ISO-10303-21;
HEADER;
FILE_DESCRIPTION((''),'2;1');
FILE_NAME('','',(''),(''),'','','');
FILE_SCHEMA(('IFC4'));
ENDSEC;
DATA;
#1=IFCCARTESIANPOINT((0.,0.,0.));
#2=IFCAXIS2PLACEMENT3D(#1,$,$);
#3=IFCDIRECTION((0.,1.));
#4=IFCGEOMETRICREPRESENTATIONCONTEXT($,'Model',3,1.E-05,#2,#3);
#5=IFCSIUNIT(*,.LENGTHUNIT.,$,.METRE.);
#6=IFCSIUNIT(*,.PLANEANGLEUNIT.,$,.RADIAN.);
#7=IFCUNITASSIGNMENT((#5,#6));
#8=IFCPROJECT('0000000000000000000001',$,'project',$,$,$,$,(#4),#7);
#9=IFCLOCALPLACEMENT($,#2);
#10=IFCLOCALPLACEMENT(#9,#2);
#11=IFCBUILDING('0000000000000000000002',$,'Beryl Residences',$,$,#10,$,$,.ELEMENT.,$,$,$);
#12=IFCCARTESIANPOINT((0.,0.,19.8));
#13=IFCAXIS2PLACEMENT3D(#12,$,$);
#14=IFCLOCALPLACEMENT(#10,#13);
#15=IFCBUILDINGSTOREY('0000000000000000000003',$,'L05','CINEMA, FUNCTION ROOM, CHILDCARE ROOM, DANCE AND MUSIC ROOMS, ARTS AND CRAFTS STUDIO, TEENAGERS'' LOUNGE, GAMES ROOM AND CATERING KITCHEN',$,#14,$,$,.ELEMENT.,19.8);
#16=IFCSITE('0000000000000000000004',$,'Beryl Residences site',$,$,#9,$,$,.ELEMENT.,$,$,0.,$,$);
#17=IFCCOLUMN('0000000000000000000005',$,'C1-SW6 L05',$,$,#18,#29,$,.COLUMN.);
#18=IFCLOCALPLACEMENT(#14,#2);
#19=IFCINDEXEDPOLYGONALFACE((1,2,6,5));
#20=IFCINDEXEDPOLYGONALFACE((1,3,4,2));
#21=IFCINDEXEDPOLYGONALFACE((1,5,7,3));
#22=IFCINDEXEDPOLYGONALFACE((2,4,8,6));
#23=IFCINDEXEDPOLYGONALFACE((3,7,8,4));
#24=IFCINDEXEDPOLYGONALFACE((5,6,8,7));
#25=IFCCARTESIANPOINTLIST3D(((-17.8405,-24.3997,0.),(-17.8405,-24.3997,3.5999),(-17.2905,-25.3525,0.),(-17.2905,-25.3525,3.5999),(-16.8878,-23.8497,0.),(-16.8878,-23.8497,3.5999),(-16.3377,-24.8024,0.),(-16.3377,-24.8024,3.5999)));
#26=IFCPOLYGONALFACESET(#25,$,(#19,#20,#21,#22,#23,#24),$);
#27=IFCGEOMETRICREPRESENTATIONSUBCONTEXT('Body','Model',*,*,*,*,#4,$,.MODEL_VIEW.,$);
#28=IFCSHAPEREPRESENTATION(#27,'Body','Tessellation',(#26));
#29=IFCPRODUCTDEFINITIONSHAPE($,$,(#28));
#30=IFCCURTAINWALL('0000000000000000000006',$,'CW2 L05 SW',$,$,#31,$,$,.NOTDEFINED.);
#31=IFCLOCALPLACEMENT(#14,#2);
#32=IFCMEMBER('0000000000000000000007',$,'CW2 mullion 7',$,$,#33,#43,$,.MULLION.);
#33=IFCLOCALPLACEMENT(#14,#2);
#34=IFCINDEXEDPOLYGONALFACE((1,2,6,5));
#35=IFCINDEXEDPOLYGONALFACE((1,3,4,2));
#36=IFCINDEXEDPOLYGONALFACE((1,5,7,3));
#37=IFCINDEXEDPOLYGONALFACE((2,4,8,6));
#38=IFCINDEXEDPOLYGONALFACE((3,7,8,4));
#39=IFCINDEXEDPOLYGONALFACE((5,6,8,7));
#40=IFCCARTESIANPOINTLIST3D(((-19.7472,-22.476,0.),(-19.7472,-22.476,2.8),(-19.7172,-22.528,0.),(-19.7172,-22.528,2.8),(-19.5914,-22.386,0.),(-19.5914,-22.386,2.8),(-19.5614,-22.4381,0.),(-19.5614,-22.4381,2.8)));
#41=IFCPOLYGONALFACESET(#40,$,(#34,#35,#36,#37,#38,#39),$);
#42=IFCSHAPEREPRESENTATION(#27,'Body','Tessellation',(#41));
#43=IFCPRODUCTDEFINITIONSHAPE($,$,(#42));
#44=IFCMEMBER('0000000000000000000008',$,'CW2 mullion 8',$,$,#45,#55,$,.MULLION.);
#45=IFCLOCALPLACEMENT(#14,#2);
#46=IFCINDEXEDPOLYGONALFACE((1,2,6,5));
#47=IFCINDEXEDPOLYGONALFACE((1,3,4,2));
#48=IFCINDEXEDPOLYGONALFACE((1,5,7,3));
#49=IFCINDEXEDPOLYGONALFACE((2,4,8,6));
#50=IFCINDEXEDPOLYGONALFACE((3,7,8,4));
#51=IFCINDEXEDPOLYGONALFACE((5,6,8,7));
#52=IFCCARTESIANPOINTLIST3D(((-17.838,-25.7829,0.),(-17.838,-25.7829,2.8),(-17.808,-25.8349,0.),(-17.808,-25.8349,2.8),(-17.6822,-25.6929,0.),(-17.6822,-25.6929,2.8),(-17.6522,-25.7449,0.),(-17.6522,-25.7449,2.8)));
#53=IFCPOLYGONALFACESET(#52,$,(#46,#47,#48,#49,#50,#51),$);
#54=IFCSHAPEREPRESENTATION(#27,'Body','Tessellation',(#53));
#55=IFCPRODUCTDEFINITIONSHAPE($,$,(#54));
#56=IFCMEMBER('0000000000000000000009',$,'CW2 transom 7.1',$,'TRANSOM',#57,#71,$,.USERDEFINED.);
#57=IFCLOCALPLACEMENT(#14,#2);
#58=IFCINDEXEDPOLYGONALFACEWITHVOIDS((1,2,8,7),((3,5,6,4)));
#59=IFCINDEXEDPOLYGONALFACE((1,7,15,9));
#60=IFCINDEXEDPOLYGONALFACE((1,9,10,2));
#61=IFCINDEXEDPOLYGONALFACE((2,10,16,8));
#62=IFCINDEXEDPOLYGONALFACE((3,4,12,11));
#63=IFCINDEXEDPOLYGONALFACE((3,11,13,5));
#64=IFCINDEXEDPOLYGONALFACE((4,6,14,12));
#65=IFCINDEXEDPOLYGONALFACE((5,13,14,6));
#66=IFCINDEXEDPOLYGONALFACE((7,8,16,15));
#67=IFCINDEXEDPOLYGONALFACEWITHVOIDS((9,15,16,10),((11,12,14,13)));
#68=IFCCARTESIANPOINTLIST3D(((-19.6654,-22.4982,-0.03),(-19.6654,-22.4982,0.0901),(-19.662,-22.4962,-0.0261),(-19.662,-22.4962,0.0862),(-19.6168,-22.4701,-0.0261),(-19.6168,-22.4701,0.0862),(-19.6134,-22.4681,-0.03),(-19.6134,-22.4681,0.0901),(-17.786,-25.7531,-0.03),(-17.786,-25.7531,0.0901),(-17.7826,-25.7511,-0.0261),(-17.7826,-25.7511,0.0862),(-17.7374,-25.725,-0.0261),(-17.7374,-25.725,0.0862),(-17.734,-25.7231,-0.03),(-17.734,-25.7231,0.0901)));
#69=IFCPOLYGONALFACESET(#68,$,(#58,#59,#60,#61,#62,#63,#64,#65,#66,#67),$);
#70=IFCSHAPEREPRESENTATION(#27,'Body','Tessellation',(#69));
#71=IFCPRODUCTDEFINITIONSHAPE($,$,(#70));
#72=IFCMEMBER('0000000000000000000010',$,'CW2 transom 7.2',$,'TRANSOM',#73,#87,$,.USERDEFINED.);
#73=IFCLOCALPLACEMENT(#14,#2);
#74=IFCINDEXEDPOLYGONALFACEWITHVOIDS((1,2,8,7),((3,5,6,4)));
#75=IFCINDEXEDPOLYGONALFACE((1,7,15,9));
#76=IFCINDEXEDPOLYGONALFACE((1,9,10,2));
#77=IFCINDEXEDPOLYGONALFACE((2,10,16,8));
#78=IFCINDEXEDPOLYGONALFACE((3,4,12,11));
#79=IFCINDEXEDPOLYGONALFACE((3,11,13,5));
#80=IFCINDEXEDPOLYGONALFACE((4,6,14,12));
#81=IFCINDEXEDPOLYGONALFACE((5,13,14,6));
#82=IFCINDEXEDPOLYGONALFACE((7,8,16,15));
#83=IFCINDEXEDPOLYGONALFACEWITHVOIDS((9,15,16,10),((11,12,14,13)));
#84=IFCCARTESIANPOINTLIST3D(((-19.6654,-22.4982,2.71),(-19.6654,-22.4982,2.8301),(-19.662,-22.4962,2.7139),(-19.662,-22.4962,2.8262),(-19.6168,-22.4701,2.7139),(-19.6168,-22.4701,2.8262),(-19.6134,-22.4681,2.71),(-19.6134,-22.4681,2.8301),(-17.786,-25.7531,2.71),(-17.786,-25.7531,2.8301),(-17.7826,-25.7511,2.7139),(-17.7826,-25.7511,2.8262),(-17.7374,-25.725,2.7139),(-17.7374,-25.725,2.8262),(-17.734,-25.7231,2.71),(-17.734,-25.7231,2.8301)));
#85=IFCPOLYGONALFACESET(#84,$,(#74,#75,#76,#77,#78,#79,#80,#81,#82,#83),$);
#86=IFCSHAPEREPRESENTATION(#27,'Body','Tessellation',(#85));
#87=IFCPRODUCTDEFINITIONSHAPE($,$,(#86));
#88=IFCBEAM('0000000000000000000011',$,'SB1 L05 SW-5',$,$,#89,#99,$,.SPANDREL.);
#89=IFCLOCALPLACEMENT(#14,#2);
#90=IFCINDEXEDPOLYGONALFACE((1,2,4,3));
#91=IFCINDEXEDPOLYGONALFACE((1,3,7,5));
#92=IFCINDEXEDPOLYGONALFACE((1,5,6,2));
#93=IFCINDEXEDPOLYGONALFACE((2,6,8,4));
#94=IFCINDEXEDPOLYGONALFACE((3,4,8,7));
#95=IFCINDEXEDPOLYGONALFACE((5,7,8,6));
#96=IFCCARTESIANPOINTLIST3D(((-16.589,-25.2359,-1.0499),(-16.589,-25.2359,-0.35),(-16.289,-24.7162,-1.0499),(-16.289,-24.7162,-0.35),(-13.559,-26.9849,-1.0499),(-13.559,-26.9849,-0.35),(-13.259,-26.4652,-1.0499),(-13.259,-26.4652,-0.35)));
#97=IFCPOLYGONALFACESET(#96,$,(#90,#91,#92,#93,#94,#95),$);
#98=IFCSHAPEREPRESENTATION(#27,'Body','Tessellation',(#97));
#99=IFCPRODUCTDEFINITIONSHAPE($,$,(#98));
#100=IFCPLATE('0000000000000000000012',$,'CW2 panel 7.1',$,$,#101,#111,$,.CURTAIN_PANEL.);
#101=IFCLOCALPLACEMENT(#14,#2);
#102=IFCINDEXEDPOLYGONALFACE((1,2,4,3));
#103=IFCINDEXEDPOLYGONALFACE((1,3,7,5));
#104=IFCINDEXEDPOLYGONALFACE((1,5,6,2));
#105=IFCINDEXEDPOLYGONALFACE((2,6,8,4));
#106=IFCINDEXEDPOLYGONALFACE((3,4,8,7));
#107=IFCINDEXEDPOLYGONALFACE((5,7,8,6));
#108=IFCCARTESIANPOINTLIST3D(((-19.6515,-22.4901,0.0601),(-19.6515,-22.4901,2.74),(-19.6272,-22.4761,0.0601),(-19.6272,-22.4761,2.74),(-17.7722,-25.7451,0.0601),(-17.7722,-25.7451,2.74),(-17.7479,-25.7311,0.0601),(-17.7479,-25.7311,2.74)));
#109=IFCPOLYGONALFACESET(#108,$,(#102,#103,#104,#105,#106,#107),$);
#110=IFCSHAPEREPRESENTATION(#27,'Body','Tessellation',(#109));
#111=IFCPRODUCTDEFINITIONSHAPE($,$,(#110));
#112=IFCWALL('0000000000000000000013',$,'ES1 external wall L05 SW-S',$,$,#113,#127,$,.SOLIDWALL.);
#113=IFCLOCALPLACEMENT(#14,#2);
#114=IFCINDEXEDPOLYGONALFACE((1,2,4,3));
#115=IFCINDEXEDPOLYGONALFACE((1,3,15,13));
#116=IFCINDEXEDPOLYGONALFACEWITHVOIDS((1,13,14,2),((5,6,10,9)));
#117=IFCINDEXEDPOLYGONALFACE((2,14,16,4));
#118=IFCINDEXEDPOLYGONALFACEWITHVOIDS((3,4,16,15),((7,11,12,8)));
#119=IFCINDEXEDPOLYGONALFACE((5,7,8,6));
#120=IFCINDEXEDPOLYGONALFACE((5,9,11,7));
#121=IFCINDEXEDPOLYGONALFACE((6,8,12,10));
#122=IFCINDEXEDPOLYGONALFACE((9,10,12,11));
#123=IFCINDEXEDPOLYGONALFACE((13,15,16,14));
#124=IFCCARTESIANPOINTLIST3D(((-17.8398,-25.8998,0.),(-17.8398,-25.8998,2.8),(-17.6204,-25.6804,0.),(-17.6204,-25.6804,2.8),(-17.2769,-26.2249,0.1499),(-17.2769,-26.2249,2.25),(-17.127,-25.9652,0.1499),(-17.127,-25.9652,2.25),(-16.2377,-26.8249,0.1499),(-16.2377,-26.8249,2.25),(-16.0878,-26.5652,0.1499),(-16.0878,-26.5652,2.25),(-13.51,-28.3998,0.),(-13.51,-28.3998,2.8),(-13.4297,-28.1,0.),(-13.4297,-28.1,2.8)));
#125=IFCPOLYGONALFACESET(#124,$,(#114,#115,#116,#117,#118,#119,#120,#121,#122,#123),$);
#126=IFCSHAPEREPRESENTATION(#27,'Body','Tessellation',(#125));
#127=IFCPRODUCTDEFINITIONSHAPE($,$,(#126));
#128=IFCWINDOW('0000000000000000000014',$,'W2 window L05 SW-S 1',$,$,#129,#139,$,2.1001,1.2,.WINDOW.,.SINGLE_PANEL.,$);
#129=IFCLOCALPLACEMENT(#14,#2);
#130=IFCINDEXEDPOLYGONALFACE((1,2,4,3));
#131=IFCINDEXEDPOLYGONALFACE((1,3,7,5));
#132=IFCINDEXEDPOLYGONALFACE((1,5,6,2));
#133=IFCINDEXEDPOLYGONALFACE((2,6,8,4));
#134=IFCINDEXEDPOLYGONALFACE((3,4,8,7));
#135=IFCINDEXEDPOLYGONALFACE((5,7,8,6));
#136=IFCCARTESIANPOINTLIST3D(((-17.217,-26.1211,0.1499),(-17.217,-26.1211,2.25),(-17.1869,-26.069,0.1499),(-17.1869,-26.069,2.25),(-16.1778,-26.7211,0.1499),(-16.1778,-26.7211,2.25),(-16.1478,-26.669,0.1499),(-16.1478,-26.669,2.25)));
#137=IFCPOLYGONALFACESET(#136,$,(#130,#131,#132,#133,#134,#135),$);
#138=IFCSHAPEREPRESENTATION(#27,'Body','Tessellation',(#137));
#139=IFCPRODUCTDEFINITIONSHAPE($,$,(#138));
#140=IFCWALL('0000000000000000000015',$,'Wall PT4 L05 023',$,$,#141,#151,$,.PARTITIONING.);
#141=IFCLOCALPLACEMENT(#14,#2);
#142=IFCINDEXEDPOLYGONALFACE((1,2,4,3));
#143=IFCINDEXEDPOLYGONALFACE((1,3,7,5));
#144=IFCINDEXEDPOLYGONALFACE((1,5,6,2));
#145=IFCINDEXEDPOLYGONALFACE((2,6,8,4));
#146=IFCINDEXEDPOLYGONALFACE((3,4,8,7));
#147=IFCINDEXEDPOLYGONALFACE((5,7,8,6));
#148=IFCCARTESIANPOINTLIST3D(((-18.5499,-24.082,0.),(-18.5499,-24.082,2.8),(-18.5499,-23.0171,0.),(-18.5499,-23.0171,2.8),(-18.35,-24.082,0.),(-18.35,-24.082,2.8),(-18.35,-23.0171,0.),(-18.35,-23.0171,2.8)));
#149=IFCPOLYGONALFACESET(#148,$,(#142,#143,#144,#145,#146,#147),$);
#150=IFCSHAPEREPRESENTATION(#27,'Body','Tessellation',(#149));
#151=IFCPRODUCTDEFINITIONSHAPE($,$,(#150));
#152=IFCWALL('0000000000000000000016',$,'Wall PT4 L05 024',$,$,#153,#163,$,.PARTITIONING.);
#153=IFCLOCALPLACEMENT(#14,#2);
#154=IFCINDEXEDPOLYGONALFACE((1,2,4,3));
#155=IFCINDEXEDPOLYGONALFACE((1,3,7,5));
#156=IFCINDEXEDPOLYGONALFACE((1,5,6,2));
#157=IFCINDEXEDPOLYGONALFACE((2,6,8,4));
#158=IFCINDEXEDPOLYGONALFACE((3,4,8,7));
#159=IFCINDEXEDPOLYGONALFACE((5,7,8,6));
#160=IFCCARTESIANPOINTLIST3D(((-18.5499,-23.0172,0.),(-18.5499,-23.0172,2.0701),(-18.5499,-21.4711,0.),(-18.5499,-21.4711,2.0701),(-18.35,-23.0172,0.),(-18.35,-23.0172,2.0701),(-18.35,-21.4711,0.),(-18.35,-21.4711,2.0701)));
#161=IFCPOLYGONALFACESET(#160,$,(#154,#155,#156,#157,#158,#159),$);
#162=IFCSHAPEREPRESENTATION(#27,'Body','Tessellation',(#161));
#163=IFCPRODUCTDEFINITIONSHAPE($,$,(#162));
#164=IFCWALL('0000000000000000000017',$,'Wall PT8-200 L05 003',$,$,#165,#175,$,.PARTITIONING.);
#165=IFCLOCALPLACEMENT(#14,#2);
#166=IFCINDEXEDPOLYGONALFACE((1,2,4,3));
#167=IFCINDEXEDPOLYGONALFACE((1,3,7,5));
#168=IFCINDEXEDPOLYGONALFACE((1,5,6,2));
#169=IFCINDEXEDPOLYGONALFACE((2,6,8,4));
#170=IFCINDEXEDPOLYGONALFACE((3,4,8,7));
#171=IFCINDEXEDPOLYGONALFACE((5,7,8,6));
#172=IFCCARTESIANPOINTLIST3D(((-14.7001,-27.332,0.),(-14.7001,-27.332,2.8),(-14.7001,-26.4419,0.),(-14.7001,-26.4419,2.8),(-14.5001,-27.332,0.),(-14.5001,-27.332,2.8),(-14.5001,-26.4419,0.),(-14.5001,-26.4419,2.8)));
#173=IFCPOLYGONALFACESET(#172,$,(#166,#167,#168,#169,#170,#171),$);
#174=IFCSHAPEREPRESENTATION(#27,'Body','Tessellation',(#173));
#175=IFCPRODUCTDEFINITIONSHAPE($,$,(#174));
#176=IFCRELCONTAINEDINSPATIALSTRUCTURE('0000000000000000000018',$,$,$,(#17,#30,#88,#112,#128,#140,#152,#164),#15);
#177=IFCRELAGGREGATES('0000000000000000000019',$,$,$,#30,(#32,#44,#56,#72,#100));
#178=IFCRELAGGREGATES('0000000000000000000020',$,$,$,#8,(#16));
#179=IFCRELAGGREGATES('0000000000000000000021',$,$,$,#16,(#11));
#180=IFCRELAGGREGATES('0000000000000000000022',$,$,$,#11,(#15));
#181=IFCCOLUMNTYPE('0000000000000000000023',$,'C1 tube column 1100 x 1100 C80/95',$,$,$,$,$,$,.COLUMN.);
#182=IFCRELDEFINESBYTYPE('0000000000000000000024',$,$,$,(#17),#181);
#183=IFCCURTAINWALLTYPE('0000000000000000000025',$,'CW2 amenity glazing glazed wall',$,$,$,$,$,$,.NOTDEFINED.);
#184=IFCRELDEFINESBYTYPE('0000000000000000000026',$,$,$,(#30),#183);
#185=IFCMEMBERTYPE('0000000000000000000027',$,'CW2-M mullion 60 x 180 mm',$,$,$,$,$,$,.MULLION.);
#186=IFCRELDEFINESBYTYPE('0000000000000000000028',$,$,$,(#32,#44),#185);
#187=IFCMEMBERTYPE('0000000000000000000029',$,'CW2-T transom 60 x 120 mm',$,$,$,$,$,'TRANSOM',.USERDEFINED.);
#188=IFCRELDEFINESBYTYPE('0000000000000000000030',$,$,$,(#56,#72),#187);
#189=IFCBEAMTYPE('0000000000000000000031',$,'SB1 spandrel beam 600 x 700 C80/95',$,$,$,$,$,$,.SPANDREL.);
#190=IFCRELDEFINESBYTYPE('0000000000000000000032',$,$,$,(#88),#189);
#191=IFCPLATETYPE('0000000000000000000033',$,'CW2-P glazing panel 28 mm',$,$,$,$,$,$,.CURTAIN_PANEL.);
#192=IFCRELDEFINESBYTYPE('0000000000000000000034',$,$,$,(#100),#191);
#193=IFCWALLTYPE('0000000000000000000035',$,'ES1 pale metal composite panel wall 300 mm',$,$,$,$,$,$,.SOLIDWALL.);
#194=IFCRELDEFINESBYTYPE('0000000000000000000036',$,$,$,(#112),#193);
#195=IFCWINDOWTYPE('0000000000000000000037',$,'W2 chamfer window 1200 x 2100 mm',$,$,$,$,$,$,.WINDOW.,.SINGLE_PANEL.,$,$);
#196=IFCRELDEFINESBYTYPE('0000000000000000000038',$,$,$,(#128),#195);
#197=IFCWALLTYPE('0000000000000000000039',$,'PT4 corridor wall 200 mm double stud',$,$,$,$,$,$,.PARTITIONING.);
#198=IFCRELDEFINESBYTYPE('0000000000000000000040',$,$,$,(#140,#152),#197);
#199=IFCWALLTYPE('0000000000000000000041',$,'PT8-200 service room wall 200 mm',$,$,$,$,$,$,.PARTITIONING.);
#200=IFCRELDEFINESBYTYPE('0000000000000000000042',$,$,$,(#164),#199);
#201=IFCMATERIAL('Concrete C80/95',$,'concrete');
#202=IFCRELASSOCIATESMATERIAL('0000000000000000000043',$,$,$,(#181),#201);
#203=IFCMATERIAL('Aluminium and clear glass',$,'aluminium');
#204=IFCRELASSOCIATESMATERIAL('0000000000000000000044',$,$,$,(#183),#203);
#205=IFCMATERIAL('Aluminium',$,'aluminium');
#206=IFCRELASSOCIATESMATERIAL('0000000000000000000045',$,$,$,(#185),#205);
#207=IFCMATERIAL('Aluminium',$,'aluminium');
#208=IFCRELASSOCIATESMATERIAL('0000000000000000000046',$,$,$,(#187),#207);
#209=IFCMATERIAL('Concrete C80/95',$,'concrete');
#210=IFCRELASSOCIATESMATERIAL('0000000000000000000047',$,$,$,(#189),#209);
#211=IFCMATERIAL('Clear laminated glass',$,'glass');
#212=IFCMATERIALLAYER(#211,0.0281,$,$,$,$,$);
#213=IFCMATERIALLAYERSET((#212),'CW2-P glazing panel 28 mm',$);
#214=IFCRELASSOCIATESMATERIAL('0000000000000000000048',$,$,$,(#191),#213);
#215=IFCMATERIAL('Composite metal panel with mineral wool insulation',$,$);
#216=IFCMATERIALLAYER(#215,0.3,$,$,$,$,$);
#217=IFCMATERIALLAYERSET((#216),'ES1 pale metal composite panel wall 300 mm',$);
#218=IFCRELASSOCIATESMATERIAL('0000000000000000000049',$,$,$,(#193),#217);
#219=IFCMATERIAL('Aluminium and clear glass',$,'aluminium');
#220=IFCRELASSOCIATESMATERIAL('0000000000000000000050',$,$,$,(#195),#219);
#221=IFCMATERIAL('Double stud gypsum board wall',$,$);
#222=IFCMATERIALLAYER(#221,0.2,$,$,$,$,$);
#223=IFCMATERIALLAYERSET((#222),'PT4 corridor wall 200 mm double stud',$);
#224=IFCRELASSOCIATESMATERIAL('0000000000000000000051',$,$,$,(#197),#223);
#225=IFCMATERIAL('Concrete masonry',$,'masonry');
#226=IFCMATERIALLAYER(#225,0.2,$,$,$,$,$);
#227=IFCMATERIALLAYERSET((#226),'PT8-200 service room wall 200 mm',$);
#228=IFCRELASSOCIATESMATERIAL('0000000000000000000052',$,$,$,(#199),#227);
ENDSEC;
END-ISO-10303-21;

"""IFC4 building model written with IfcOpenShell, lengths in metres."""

from ifc_helpers import new_model, si_unit, direction, frame, frame_2d, origin, origin_2d, place, context, subcontext, project, spatial, polyline, rectangle, hollow_rectangle, outline, extrude, material, layer, layer_set, material_profile, profile_set, type_object, element, fill, aggregate, save


model = new_model("IFC4")

# Units and contexts
model_context = context("Model", 3, precision=1e-05, world=origin(), true_north=direction((0.0, 1.0)))
body_context = subcontext(model_context, "Body", "Model", "MODEL_VIEW")
ifc_project = project(units=[si_unit("LENGTHUNIT", "METRE"), si_unit("PLANEANGLEUNIT", "RADIAN")], contexts=[model_context])

# Site, building, storey
site_placement = place(None, origin())
site = spatial("IfcSite", under=ifc_project, at=site_placement, Name="Beryl Residences site", CompositionType="ELEMENT", RefElevation=0.0)
building_placement = place(site_placement, origin())
building = spatial("IfcBuilding", under=site, at=building_placement, Name="Beryl Residences", CompositionType="ELEMENT")
storey_placement = place(building_placement, frame((0.0, 0.0, 19.8)))
storey = spatial("IfcBuildingStorey", under=building, at=storey_placement, Name="L05", Description="CINEMA, FUNCTION ROOM, CHILDCARE ROOM, DANCE AND MUSIC ROOMS, ARTS AND CRAFTS STUDIO, TEENAGERS' LOUNGE, GAMES ROOM AND CATERING KITCHEN", CompositionType="ELEMENT", Elevation=19.8)

# Column
ifc_material_1 = material(Name="Concrete C80/95", Category="concrete")
ifc_material_profile_1 = material_profile(ifc_material_1, rectangle(XDim=1.1001, YDim=1.1001, at=origin_2d()))
ifc_profile_set_1 = profile_set([ifc_material_profile_1], Name="Concrete C80/95")
column_type = type_object("IfcColumnType", Name="C1 tube column 1100 x 1100 C80/95", PredefinedType="COLUMN", material=ifc_profile_set_1)
column_placement = place(storey_placement, frame((-17.0891, -24.6011, 0.0), z_axis=(0.0, 0.0, 1.0), x_axis=(0.499985, -0.866034, 0.0)))
element("IfcColumn", 1, at=column_placement, inside=storey, type_object=column_type, Name="C1-SW6 L05", PredefinedType="COLUMN", context=body_context, shape_type="SweptSolid", body=[
    extrude(rectangle(XDim=1.1001, YDim=1.1001, at=origin_2d()), origin(), (0.0, 0.0, 1.0), 3.5999),
])

# Curtain wall, members
ifc_material_2 = material(Name="Aluminium and clear glass", Category="aluminium")
curtain_wall_type = type_object("IfcCurtainWallType", Name="CW2 amenity glazing glazed wall", PredefinedType="NOTDEFINED", material=ifc_material_2)
curtain_wall_placement = place(storey_placement, origin())
curtain_wall = element("IfcCurtainWall", 2, at=curtain_wall_placement, inside=storey, type_object=curtain_wall_type, Name="CW2 L05 SW", PredefinedType="NOTDEFINED")
ifc_material_3 = material(Name="Aluminium", Category="aluminium")
ifc_material_profile_2 = material_profile(ifc_material_3, rectangle(XDim=0.0601, YDim=0.1799, at=origin_2d()))
ifc_profile_set_2 = profile_set([ifc_material_profile_2], Name="Aluminium")
member_type_1 = type_object("IfcMemberType", Name="CW2-M mullion 60 x 180 mm", PredefinedType="MULLION", material=ifc_profile_set_2)
member_1_placement = place(storey_placement, frame((-19.6543, -22.457, 0.0), z_axis=(0.0, 0.0, 1.0), x_axis=(0.500012, -0.866019, 0.0)))
member_1 = element("IfcMember", 3, at=member_1_placement, type_object=member_type_1, Name="CW2 mullion 7", PredefinedType="MULLION", context=body_context, shape_type="SweptSolid", body=[
    extrude(rectangle(XDim=0.0601, YDim=0.1799, at=origin_2d()), origin(), (0.0, 0.0, 1.0), 2.8),
])
member_2_placement = place(storey_placement, frame((-17.7451, -25.7639, 0.0), z_axis=(0.0, 0.0, 1.0), x_axis=(0.500012, -0.866019, 0.0)))
member_2 = element("IfcMember", 4, at=member_2_placement, type_object=member_type_1, Name="CW2 mullion 8", PredefinedType="MULLION", context=body_context, shape_type="SweptSolid", body=[
    extrude(rectangle(XDim=0.0601, YDim=0.1799, at=origin_2d()), origin(), (0.0, 0.0, 1.0), 2.8),
])
ifc_material_4 = material(Name="Aluminium", Category="aluminium")
ifc_material_profile_3 = material_profile(ifc_material_4, hollow_rectangle(XDim=0.0601, YDim=0.1201, WallThickness=0.0039, at=origin_2d()))
ifc_profile_set_3 = profile_set([ifc_material_profile_3], Name="Aluminium")
member_type_2 = type_object("IfcMemberType", Name="CW2-T transom 60 x 120 mm", ElementType="TRANSOM", PredefinedType="USERDEFINED", material=ifc_profile_set_3)
member_3_placement = place(storey_placement, frame((-19.6394, -22.4832, 0.03), z_axis=(0.500037, -0.866004, 0.0), x_axis=(0.866004, 0.500037, 0.0)))
member_3 = element("IfcMember", 5, at=member_3_placement, type_object=member_type_2, Name="CW2 transom 7.1", ObjectType="TRANSOM", PredefinedType="USERDEFINED", context=body_context, shape_type="SweptSolid", body=[
    extrude(hollow_rectangle(XDim=0.0601, YDim=0.1201, WallThickness=0.0039, at=origin_2d()), origin(), (0.0, 0.0, 1.0), 3.7585),
])
member_4_placement = place(storey_placement, frame((-19.6394, -22.4832, 2.77), z_axis=(0.500037, -0.866004, 0.0), x_axis=(0.866004, 0.500037, 0.0)))
member_4 = element("IfcMember", 6, at=member_4_placement, type_object=member_type_2, Name="CW2 transom 7.2", ObjectType="TRANSOM", PredefinedType="USERDEFINED", context=body_context, shape_type="SweptSolid", body=[
    extrude(hollow_rectangle(XDim=0.0601, YDim=0.1201, WallThickness=0.0039, at=origin_2d()), origin(), (0.0, 0.0, 1.0), 3.7585),
])

# Beam
ifc_material_5 = material(Name="Concrete C80/95", Category="concrete")
ifc_material_profile_4 = material_profile(ifc_material_5, rectangle(XDim=0.6001, YDim=0.7, at=origin_2d()))
ifc_profile_set_4 = profile_set([ifc_material_profile_4], Name="Concrete C80/95")
beam_type = type_object("IfcBeamType", Name="SB1 spandrel beam 600 x 700 C80/95", PredefinedType="SPANDREL", material=ifc_profile_set_4)
beam_placement = place(storey_placement, frame((-16.439, -24.9761, -0.7), z_axis=(0.866071, -0.499922, 0.0), x_axis=(0.499922, 0.866071, 0.0)))
element("IfcBeam", 7, at=beam_placement, inside=storey, type_object=beam_type, Name="SB1 L05 SW-5", PredefinedType="SPANDREL", context=body_context, shape_type="SweptSolid", body=[
    extrude(rectangle(XDim=0.6001, YDim=0.7, at=origin_2d()), origin(), (0.0, 0.0, 1.0), 3.4985),
])

# Plate
ifc_material_6 = material(Name="Clear laminated glass", Category="glass")
ifc_layer_1 = layer(ifc_material_6, 0.0281)
ifc_layer_set_1 = layer_set([ifc_layer_1], Name="CW2-P glazing panel 28 mm")
plate_type = type_object("IfcPlateType", Name="CW2-P glazing panel 28 mm", PredefinedType="CURTAIN_PANEL", material=ifc_layer_set_1)
plate_placement = place(storey_placement, frame((-18.6997, -24.1106, 0.0601), z_axis=(0.0, 0.0, 1.0), x_axis=(0.500012, -0.866019, 0.0)))
plate = element("IfcPlate", 8, at=plate_placement, type_object=plate_type, Name="CW2 panel 7.1", PredefinedType="CURTAIN_PANEL", context=body_context, shape_type="SweptSolid", body=[
    extrude(rectangle(XDim=3.7585, YDim=0.0281, at=origin_2d()), origin(), (0.0, 0.0, 1.0), 2.6799),
])
aggregate(curtain_wall, [member_1, member_2, member_3, member_4, plate])

# Wall, opening, window
ifc_material_7 = material(Name="Composite metal panel with mineral wool insulation")
ifc_layer_2 = layer(ifc_material_7, 0.3)
ifc_layer_set_2 = layer_set([ifc_layer_2], Name="ES1 pale metal composite panel wall 300 mm")
wall_type_1 = type_object("IfcWallType", Name="ES1 pale metal composite panel wall 300 mm", PredefinedType="SOLIDWALL", material=ifc_layer_set_2)
wall_1_placement = place(storey_placement, frame((-17.7649, -25.77, 0.0), z_axis=(0.0, 0.0, 1.0), x_axis=(0.866011, -0.500025, 0.0)))
wall_1 = element("IfcWall", 9, at=wall_1_placement, inside=storey, type_object=wall_type_1, Name="ES1 external wall L05 SW-S", PredefinedType="SOLIDWALL", context=body_context, shape_type="SweptSolid", body=[
    extrude(outline(polyline([(0.0, -0.1499), (4.9998, -0.1499), (4.9194, 0.1499), (0.0803, 0.1499), (0.0, -0.1499)])), origin(), (0.0, 0.0, 1.0), 2.8),
])
opening_placement = place(wall_1_placement, frame((0.6499, 0.0, 0.1499)))
opening = element("IfcOpeningElement", 10, at=opening_placement, cuts=wall_1, PredefinedType="OPENING", context=body_context, shape_type="SweptSolid", body=[
    extrude(rectangle(XDim=1.2, YDim=2.1001, at=frame_2d((0.6001, 1.05))), frame((0.0, 0.1599, 0.0), z_axis=(0.0, -1.0, 0.0), x_axis=(1.0, 0.0, 0.0)), (0.0, 0.0, 1.0), 0.3201),
])
ifc_material_8 = material(Name="Aluminium and clear glass", Category="aluminium")
window_type = type_object("IfcWindowType", Name="W2 chamfer window 1200 x 2100 mm", PartitioningType="SINGLE_PANEL", PredefinedType="WINDOW", material=ifc_material_8)
window_placement = place(opening_placement, origin())
window = element("IfcWindow", 11, at=window_placement, inside=storey, type_object=window_type, Name="W2 window L05 SW-S 1", OverallHeight=2.1001, OverallWidth=1.2, PartitioningType="SINGLE_PANEL", PredefinedType="WINDOW", context=body_context, shape_type="SweptSolid", body=[
    extrude(rectangle(XDim=1.2, YDim=2.1001, at=frame_2d((0.6001, 1.05))), frame((0.0, 0.03, 0.0), z_axis=(0.0, -1.0, 0.0), x_axis=(1.0, 0.0, 0.0)), (0.0, 0.0, 1.0), 0.0601),
])
fill(opening, window)

# Walls
ifc_material_9 = material(Name="Double stud gypsum board wall")
ifc_layer_3 = layer(ifc_material_9, 0.2)
ifc_layer_set_3 = layer_set([ifc_layer_3], Name="PT4 corridor wall 200 mm double stud")
wall_type_2 = type_object("IfcWallType", Name="PT4 corridor wall 200 mm double stud", PredefinedType="PARTITIONING", material=ifc_layer_set_3)
wall_2_placement = place(storey_placement, frame((-18.45, -24.082, 0.0), z_axis=(0.0, 0.0, 1.0), x_axis=(0.0, 1.0, 0.0)))
element("IfcWall", 12, at=wall_2_placement, inside=storey, type_object=wall_type_2, Name="Wall PT4 L05 023", PredefinedType="PARTITIONING", context=body_context, shape_type="SweptSolid", body=[
    extrude(rectangle(XDim=1.0649, YDim=0.2, at=frame_2d((0.5325, 0.0))), origin(), (0.0, 0.0, 1.0), 2.8),
])
wall_3_placement = place(storey_placement, frame((-18.45, -23.0171, 0.0), z_axis=(0.0, 0.0, 1.0), x_axis=(0.0, 1.0, 0.0)))
element("IfcWall", 13, at=wall_3_placement, inside=storey, type_object=wall_type_2, Name="Wall PT4 L05 024", PredefinedType="PARTITIONING", context=body_context, shape_type="SweptSolid", body=[
    extrude(rectangle(XDim=1.5461, YDim=0.2, at=frame_2d((0.7729, 0.0))), origin(), (0.0, 0.0, 1.0), 2.0701),
])
ifc_material_10 = material(Name="Concrete masonry", Category="masonry")
ifc_layer_4 = layer(ifc_material_10, 0.2)
ifc_layer_set_4 = layer_set([ifc_layer_4], Name="PT8-200 service room wall 200 mm")
wall_type_3 = type_object("IfcWallType", Name="PT8-200 service room wall 200 mm", PredefinedType="PARTITIONING", material=ifc_layer_set_4)
wall_4_placement = place(storey_placement, frame((-14.6001, -27.332, 0.0), z_axis=(0.0, 0.0, 1.0), x_axis=(0.0, 1.0, 0.0)))
element("IfcWall", 14, at=wall_4_placement, inside=storey, type_object=wall_type_3, Name="Wall PT8-200 L05 003", PredefinedType="PARTITIONING", context=body_context, shape_type="SweptSolid", body=[
    extrude(rectangle(XDim=0.8901, YDim=0.2, at=frame_2d((0.4451, 0.0))), origin(), (0.0, 0.0, 1.0), 2.8),
])

save(model, "model.ifc")
